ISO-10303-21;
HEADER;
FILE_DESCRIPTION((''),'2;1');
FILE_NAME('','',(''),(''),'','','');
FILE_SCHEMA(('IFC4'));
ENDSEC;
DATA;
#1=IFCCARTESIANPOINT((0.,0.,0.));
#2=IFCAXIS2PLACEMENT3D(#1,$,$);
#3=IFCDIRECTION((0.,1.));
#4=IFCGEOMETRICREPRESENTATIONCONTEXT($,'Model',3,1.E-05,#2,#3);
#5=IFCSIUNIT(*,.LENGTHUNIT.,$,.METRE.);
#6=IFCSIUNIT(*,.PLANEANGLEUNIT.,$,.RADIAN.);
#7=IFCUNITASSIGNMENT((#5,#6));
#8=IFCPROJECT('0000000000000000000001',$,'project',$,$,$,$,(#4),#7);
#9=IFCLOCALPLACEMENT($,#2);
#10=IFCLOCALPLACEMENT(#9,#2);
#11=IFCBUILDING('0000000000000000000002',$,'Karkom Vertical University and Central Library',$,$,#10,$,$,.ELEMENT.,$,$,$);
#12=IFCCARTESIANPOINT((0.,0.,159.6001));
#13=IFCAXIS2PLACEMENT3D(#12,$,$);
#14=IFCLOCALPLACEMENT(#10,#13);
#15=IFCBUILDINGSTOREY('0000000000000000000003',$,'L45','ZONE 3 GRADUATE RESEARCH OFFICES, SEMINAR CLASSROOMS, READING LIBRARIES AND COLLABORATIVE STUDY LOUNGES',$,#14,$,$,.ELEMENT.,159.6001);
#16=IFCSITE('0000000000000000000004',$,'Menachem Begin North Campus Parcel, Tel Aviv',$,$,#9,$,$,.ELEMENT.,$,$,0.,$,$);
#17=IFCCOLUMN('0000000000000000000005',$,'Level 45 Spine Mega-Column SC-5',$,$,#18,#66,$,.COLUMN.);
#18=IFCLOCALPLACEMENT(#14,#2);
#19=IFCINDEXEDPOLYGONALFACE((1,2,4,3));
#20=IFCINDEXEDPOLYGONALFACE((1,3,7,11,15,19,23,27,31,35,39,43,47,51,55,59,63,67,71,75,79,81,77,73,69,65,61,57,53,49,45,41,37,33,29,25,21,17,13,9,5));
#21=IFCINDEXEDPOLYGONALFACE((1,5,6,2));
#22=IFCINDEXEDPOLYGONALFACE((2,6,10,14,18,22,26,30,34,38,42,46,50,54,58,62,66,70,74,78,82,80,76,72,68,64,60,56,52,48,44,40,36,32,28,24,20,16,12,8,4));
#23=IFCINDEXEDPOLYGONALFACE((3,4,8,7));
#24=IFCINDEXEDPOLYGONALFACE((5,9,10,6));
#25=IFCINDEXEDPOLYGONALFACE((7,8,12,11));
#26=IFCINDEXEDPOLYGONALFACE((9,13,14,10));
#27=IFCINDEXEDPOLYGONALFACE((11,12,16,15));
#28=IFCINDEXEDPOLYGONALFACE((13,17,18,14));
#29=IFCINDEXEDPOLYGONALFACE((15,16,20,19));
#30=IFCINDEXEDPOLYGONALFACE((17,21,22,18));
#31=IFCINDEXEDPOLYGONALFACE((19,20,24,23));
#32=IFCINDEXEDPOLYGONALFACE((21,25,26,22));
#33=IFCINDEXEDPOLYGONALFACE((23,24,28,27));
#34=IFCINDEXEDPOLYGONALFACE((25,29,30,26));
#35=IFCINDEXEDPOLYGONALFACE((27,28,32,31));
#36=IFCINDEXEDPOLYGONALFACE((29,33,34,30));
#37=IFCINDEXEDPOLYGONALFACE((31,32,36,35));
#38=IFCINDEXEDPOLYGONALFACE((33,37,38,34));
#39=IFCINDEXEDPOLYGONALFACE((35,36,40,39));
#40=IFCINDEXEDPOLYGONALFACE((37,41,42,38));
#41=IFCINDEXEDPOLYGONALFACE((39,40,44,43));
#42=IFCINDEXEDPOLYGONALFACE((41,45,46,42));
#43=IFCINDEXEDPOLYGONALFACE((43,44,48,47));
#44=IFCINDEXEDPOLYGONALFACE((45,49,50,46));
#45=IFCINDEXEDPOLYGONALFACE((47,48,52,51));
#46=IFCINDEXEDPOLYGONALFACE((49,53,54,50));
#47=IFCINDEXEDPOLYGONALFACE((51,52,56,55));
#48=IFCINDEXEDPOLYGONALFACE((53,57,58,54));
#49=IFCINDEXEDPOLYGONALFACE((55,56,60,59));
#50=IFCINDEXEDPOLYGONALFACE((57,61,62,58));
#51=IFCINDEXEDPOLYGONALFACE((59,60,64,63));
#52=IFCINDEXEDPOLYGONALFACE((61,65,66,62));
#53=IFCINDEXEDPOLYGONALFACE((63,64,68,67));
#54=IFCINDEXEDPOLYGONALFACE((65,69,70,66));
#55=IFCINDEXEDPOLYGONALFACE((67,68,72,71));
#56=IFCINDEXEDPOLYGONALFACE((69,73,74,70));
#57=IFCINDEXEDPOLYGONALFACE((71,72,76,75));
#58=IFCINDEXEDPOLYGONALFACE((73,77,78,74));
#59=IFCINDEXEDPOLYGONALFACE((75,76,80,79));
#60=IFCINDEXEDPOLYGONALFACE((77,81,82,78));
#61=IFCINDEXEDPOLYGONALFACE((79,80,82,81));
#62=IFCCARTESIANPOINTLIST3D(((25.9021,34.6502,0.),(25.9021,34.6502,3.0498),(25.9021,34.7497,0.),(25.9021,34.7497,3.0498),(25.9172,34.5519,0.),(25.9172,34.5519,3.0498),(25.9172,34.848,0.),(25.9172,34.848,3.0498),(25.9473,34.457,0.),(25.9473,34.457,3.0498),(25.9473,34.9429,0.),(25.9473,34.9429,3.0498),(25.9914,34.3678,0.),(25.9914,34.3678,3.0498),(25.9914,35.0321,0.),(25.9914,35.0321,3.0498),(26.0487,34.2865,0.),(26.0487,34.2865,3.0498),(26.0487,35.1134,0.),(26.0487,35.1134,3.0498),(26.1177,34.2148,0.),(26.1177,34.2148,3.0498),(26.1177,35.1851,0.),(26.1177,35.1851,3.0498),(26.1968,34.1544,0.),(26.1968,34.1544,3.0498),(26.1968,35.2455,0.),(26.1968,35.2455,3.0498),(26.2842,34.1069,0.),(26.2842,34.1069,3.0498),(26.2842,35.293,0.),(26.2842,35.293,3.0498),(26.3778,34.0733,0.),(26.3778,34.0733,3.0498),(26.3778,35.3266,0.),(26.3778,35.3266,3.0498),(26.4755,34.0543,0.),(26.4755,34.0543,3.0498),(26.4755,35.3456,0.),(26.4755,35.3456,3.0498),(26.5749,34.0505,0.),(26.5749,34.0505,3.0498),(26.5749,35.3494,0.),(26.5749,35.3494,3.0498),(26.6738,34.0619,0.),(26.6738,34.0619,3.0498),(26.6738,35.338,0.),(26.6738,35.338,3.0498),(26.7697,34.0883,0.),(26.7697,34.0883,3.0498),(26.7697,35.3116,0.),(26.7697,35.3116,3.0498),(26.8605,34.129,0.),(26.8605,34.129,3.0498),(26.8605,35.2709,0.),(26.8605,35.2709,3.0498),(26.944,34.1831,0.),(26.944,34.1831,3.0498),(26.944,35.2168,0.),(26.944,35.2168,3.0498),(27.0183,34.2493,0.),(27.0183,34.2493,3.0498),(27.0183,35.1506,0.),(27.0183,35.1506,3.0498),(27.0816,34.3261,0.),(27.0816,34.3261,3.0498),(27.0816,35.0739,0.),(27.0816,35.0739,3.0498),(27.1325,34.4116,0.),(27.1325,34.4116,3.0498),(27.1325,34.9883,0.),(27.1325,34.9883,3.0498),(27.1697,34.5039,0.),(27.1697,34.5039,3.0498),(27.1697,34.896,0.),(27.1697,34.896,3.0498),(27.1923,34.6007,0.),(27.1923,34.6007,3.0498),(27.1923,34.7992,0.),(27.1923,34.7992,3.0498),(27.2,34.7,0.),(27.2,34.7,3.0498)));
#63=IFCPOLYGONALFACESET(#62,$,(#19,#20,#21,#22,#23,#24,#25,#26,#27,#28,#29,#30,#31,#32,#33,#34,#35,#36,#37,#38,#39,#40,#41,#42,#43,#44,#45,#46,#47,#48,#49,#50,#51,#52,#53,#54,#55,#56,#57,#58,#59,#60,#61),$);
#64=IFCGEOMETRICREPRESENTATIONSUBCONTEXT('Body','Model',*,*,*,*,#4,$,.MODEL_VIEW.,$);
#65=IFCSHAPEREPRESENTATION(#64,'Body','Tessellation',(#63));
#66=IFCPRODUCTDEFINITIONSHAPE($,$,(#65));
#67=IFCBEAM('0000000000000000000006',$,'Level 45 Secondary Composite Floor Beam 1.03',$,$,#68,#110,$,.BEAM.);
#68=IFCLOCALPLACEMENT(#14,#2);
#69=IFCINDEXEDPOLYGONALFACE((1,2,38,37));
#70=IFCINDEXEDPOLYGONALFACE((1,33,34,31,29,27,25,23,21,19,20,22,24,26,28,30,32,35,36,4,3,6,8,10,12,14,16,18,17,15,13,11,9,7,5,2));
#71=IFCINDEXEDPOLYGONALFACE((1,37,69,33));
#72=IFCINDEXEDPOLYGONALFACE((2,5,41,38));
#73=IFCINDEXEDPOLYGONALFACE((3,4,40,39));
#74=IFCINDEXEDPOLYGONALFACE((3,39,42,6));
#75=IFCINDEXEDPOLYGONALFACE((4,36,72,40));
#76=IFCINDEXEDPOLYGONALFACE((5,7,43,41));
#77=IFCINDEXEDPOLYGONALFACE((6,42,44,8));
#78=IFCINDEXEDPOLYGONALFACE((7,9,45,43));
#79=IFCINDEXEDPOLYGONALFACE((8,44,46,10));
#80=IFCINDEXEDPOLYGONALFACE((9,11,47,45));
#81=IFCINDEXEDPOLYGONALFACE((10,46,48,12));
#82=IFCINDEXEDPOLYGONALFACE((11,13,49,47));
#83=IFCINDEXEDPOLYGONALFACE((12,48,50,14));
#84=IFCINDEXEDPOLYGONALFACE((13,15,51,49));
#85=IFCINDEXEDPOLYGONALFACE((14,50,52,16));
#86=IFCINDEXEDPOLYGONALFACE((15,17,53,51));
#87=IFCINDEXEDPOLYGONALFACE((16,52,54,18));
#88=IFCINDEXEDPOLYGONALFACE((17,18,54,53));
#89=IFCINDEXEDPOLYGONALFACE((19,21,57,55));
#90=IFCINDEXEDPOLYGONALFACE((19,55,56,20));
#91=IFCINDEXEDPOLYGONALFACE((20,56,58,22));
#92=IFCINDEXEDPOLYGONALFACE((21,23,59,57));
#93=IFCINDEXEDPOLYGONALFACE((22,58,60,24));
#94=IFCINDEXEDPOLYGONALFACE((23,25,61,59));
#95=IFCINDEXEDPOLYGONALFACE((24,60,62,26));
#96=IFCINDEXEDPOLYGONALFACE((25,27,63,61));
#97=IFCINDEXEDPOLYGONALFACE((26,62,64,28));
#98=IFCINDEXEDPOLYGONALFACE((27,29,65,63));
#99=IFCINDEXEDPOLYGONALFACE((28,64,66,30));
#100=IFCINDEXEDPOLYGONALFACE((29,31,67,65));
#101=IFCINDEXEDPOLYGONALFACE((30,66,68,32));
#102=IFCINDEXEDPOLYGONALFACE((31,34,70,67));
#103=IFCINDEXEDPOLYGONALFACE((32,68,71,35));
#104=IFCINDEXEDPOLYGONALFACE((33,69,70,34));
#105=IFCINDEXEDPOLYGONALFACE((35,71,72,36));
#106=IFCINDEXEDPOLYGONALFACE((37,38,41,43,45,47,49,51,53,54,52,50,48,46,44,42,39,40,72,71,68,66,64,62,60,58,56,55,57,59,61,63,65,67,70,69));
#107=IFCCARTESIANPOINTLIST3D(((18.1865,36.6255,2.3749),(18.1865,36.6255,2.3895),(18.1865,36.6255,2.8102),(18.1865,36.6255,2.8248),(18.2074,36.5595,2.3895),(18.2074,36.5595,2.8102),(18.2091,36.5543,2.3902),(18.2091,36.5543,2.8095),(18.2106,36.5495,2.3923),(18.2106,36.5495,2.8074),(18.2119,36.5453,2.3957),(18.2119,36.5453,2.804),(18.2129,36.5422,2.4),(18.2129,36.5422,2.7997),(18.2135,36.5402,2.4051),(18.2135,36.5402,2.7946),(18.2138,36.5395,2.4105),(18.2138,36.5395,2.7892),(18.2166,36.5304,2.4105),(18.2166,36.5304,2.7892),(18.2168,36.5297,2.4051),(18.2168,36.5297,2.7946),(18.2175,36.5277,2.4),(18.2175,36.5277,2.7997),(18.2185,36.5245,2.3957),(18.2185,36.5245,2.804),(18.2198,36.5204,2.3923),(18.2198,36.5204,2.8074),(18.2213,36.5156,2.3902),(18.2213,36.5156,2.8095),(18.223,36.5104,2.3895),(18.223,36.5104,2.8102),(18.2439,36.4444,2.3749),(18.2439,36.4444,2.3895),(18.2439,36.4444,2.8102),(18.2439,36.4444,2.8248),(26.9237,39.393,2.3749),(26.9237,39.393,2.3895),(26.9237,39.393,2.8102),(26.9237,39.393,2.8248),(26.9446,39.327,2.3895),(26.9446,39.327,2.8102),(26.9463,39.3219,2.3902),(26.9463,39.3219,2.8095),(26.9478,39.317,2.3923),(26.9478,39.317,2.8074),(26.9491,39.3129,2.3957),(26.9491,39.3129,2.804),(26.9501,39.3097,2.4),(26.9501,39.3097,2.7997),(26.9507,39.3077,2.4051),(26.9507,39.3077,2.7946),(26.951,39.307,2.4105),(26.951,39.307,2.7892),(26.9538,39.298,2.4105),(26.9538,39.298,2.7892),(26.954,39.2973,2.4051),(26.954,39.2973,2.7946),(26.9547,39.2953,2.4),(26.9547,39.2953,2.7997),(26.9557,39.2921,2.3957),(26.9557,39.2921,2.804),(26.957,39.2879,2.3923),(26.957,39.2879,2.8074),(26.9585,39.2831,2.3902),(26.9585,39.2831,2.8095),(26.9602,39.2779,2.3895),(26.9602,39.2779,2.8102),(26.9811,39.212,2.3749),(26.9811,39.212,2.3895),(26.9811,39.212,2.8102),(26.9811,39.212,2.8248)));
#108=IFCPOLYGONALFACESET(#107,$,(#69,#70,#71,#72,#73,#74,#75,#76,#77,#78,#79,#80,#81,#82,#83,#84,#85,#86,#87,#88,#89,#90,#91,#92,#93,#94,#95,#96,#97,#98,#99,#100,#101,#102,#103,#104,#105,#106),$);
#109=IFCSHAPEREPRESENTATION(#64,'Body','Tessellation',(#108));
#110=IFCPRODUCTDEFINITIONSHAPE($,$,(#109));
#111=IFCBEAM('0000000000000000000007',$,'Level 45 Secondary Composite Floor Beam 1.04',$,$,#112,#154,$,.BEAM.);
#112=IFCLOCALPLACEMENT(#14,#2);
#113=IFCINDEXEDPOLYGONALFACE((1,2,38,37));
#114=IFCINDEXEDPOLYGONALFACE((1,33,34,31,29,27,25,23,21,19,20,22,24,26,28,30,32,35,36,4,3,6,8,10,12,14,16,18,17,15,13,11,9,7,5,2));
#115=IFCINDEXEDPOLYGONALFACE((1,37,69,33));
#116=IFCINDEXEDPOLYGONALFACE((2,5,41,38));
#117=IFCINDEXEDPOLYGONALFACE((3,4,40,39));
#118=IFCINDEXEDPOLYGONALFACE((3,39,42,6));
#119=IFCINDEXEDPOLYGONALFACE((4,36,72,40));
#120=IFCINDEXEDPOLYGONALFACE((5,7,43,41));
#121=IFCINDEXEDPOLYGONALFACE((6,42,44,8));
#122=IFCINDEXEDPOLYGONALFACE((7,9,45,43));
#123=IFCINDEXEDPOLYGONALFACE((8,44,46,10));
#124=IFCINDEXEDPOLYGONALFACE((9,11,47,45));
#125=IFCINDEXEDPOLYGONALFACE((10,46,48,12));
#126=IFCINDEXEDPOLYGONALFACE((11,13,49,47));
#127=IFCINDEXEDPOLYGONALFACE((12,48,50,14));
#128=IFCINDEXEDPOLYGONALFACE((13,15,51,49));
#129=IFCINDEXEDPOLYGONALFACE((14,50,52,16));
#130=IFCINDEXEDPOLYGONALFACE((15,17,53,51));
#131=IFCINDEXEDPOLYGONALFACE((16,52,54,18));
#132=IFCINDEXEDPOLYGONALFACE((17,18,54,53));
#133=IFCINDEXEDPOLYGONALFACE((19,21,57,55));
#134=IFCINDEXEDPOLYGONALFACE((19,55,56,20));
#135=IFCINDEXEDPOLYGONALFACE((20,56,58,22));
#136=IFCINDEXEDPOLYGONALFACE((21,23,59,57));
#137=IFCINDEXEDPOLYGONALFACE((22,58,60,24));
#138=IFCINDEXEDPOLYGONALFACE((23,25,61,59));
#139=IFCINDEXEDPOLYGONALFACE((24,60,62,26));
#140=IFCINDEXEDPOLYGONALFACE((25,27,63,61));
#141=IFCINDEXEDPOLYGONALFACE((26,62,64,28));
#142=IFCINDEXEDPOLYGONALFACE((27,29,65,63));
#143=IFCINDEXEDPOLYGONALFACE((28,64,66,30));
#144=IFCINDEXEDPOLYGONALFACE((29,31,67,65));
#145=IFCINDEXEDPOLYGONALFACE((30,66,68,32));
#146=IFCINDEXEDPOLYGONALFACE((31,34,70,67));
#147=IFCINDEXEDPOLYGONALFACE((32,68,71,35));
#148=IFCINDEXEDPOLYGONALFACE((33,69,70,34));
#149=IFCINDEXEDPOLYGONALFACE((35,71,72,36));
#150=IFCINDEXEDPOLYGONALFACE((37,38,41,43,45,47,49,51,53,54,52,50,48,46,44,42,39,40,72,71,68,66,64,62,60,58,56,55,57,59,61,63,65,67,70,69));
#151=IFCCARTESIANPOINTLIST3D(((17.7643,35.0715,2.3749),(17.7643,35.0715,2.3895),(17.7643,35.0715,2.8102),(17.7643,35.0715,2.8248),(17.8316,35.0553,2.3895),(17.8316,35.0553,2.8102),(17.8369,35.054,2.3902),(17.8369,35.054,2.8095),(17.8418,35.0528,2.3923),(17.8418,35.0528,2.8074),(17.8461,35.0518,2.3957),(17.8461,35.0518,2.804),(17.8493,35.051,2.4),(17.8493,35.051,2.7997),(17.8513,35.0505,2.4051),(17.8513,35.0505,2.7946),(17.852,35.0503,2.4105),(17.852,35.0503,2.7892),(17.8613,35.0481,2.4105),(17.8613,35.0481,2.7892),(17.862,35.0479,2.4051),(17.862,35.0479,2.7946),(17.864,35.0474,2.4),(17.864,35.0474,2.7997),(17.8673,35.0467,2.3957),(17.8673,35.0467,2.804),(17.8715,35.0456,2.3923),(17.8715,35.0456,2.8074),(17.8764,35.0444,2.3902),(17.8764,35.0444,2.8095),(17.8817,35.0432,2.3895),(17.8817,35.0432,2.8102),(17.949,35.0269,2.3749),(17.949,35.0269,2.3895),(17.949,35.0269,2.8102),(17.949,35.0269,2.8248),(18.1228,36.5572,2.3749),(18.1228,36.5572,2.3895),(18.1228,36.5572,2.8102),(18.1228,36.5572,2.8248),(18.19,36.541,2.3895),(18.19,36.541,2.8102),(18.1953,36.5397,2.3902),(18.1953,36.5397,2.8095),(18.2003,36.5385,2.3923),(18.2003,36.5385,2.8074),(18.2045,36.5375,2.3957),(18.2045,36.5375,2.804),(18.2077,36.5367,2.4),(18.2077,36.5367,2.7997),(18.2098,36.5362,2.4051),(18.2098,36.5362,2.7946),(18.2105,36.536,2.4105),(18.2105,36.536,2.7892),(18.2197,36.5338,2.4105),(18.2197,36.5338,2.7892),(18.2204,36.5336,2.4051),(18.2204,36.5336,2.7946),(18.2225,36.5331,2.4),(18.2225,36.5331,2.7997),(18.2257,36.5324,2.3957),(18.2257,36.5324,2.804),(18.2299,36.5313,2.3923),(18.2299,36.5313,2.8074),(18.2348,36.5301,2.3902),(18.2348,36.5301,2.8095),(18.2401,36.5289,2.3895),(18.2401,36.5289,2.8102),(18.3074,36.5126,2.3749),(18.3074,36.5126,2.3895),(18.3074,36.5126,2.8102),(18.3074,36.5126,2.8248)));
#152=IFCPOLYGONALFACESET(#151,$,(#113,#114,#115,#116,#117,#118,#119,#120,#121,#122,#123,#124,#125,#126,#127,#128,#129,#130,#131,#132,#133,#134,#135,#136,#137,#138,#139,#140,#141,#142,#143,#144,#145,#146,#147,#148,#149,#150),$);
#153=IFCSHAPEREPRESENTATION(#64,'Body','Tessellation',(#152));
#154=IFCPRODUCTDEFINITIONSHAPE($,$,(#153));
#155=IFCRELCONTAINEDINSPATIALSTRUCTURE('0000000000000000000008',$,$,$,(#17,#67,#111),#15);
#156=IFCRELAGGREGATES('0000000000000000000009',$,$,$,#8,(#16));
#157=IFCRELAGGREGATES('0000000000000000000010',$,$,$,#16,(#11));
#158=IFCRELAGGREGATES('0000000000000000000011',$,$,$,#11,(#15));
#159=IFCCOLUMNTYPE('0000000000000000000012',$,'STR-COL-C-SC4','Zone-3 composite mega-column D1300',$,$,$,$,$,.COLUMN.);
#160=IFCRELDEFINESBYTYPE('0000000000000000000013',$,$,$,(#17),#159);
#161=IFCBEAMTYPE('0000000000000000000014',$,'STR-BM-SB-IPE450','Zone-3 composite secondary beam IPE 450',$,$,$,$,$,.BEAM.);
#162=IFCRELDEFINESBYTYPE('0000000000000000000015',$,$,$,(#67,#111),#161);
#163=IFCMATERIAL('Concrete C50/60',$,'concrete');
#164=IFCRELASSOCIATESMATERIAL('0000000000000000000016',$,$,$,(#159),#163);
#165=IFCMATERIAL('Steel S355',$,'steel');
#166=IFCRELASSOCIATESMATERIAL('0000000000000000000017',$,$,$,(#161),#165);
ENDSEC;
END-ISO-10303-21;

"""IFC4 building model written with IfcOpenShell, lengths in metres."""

from ifc_helpers import new_model, si_unit, direction, frame, origin, origin_with_axes, origin_2d, place, context, subcontext, project, spatial, circle, i_section, extrude, source, transform, mapped, material, material_profile, profile_set, type_object, element, save


model = new_model("IFC4")

# Units and contexts
model_context = context("Model", 3, precision=1e-05, world=origin(), true_north=direction((0.0, 1.0)))
body_context = subcontext(model_context, "Body", "Model", "MODEL_VIEW")
ifc_project = project(units=[si_unit("LENGTHUNIT", "METRE"), si_unit("PLANEANGLEUNIT", "RADIAN")], contexts=[model_context])

# Site, building, storey
site_placement = place(None, origin())
site = spatial("IfcSite", under=ifc_project, at=site_placement, Name="Menachem Begin North Campus Parcel, Tel Aviv", CompositionType="ELEMENT", RefElevation=0.0)
building_placement = place(site_placement, origin())
building = spatial("IfcBuilding", under=site, at=building_placement, Name="Karkom Vertical University and Central Library", CompositionType="ELEMENT")
storey_placement = place(building_placement, frame((0.0, 0.0, 159.6001)))
storey = spatial("IfcBuildingStorey", under=building, at=storey_placement, Name="L45", Description="ZONE 3 GRADUATE RESEARCH OFFICES, SEMINAR CLASSROOMS, READING LIBRARIES AND COLLABORATIVE STUDY LOUNGES", CompositionType="ELEMENT", Elevation=159.6001)

# Column
ifc_material_1 = material(Name="Concrete C50/60", Category="concrete")
ifc_material_profile_1 = material_profile(ifc_material_1, circle(Radius=0.6499, at=origin_2d()), Name="CFT-D1300")
ifc_profile_set_1 = profile_set([ifc_material_profile_1], Name="Concrete C50/60")
column_type = type_object("IfcColumnType", Name="STR-COL-C-SC4", Description="Zone-3 composite mega-column D1300", PredefinedType="COLUMN", material=ifc_profile_set_1)
shared_shape_1 = source(origin_with_axes(), body_context, "Body", "SweptSolid", [
    extrude(circle(Radius=0.6499, at=origin_2d()), origin(), (0.0, 0.0, 1.0), 3.0498),
])
column_placement = place(storey_placement, frame((26.55, 34.7, 0.0), z_axis=(0.0, 0.0, 1.0), x_axis=(1.0, 0.0, 0.0)))
element("IfcColumn", 1, at=column_placement, inside=storey, type_object=column_type, Name="Level 45 Spine Mega-Column SC-5", PredefinedType="COLUMN", context=body_context, shape_type="MappedRepresentation", body=[
    mapped(shared_shape_1, transform((0.0, 0.0, 0.0), scale=1.0)),
])

# Beams
ifc_material_2 = material(Name="Steel S355", Category="steel")
ifc_material_profile_2 = material_profile(ifc_material_2, i_section(OverallWidth=0.1899, OverallDepth=0.45, WebThickness=0.0095, FlangeThickness=0.0146, FilletRadius=0.021, at=origin_2d()), Name="IPE 450")
ifc_profile_set_2 = profile_set([ifc_material_profile_2], Name="Steel S355")
beam_type_1 = type_object("IfcBeamType", Name="STR-BM-SB-IPE450", Description="Zone-3 composite secondary beam IPE 450", PredefinedType="BEAM", material=ifc_profile_set_2)
shared_shape_2 = source(origin_with_axes(), body_context, "Body", "SweptSolid", [
    extrude(i_section(OverallWidth=0.1899, OverallDepth=0.45, WebThickness=0.0095, FlangeThickness=0.0146, FilletRadius=0.021, at=origin_2d()), origin(), (0.0, 0.0, 1.0), 9.165),
])
beam_1_placement = place(storey_placement, frame((26.9524, 39.3025, 2.5999), z_axis=(-0.953318, -0.301968, 0.0), x_axis=(0.301968, -0.953318, 0.0)))
element("IfcBeam", 2, at=beam_1_placement, inside=storey, type_object=beam_type_1, Name="Level 45 Secondary Composite Floor Beam 1.03", PredefinedType="BEAM", context=body_context, shape_type="MappedRepresentation", body=[
    mapped(shared_shape_2, transform((0.0, 0.0, 0.0), scale=1.0)),
])
shared_shape_3 = source(origin_with_axes(), body_context, "Body", "SweptSolid", [
    extrude(i_section(OverallWidth=0.1899, OverallDepth=0.45, WebThickness=0.0095, FlangeThickness=0.0146, FilletRadius=0.021, at=origin_2d()), origin(), (0.0, 0.0, 1.0), 1.5283),
])
beam_2_placement = place(storey_placement, frame((18.2151, 36.5349, 2.5999), z_axis=(-0.234521, -0.972111, 0.0), x_axis=(0.972111, -0.234521, 0.0)))
element("IfcBeam", 3, at=beam_2_placement, inside=storey, type_object=beam_type_1, Name="Level 45 Secondary Composite Floor Beam 1.04", PredefinedType="BEAM", context=body_context, shape_type="MappedRepresentation", body=[
    mapped(shared_shape_3, transform((0.0, 0.0, 0.0), scale=1.0)),
])

save(model, "model.ifc")
